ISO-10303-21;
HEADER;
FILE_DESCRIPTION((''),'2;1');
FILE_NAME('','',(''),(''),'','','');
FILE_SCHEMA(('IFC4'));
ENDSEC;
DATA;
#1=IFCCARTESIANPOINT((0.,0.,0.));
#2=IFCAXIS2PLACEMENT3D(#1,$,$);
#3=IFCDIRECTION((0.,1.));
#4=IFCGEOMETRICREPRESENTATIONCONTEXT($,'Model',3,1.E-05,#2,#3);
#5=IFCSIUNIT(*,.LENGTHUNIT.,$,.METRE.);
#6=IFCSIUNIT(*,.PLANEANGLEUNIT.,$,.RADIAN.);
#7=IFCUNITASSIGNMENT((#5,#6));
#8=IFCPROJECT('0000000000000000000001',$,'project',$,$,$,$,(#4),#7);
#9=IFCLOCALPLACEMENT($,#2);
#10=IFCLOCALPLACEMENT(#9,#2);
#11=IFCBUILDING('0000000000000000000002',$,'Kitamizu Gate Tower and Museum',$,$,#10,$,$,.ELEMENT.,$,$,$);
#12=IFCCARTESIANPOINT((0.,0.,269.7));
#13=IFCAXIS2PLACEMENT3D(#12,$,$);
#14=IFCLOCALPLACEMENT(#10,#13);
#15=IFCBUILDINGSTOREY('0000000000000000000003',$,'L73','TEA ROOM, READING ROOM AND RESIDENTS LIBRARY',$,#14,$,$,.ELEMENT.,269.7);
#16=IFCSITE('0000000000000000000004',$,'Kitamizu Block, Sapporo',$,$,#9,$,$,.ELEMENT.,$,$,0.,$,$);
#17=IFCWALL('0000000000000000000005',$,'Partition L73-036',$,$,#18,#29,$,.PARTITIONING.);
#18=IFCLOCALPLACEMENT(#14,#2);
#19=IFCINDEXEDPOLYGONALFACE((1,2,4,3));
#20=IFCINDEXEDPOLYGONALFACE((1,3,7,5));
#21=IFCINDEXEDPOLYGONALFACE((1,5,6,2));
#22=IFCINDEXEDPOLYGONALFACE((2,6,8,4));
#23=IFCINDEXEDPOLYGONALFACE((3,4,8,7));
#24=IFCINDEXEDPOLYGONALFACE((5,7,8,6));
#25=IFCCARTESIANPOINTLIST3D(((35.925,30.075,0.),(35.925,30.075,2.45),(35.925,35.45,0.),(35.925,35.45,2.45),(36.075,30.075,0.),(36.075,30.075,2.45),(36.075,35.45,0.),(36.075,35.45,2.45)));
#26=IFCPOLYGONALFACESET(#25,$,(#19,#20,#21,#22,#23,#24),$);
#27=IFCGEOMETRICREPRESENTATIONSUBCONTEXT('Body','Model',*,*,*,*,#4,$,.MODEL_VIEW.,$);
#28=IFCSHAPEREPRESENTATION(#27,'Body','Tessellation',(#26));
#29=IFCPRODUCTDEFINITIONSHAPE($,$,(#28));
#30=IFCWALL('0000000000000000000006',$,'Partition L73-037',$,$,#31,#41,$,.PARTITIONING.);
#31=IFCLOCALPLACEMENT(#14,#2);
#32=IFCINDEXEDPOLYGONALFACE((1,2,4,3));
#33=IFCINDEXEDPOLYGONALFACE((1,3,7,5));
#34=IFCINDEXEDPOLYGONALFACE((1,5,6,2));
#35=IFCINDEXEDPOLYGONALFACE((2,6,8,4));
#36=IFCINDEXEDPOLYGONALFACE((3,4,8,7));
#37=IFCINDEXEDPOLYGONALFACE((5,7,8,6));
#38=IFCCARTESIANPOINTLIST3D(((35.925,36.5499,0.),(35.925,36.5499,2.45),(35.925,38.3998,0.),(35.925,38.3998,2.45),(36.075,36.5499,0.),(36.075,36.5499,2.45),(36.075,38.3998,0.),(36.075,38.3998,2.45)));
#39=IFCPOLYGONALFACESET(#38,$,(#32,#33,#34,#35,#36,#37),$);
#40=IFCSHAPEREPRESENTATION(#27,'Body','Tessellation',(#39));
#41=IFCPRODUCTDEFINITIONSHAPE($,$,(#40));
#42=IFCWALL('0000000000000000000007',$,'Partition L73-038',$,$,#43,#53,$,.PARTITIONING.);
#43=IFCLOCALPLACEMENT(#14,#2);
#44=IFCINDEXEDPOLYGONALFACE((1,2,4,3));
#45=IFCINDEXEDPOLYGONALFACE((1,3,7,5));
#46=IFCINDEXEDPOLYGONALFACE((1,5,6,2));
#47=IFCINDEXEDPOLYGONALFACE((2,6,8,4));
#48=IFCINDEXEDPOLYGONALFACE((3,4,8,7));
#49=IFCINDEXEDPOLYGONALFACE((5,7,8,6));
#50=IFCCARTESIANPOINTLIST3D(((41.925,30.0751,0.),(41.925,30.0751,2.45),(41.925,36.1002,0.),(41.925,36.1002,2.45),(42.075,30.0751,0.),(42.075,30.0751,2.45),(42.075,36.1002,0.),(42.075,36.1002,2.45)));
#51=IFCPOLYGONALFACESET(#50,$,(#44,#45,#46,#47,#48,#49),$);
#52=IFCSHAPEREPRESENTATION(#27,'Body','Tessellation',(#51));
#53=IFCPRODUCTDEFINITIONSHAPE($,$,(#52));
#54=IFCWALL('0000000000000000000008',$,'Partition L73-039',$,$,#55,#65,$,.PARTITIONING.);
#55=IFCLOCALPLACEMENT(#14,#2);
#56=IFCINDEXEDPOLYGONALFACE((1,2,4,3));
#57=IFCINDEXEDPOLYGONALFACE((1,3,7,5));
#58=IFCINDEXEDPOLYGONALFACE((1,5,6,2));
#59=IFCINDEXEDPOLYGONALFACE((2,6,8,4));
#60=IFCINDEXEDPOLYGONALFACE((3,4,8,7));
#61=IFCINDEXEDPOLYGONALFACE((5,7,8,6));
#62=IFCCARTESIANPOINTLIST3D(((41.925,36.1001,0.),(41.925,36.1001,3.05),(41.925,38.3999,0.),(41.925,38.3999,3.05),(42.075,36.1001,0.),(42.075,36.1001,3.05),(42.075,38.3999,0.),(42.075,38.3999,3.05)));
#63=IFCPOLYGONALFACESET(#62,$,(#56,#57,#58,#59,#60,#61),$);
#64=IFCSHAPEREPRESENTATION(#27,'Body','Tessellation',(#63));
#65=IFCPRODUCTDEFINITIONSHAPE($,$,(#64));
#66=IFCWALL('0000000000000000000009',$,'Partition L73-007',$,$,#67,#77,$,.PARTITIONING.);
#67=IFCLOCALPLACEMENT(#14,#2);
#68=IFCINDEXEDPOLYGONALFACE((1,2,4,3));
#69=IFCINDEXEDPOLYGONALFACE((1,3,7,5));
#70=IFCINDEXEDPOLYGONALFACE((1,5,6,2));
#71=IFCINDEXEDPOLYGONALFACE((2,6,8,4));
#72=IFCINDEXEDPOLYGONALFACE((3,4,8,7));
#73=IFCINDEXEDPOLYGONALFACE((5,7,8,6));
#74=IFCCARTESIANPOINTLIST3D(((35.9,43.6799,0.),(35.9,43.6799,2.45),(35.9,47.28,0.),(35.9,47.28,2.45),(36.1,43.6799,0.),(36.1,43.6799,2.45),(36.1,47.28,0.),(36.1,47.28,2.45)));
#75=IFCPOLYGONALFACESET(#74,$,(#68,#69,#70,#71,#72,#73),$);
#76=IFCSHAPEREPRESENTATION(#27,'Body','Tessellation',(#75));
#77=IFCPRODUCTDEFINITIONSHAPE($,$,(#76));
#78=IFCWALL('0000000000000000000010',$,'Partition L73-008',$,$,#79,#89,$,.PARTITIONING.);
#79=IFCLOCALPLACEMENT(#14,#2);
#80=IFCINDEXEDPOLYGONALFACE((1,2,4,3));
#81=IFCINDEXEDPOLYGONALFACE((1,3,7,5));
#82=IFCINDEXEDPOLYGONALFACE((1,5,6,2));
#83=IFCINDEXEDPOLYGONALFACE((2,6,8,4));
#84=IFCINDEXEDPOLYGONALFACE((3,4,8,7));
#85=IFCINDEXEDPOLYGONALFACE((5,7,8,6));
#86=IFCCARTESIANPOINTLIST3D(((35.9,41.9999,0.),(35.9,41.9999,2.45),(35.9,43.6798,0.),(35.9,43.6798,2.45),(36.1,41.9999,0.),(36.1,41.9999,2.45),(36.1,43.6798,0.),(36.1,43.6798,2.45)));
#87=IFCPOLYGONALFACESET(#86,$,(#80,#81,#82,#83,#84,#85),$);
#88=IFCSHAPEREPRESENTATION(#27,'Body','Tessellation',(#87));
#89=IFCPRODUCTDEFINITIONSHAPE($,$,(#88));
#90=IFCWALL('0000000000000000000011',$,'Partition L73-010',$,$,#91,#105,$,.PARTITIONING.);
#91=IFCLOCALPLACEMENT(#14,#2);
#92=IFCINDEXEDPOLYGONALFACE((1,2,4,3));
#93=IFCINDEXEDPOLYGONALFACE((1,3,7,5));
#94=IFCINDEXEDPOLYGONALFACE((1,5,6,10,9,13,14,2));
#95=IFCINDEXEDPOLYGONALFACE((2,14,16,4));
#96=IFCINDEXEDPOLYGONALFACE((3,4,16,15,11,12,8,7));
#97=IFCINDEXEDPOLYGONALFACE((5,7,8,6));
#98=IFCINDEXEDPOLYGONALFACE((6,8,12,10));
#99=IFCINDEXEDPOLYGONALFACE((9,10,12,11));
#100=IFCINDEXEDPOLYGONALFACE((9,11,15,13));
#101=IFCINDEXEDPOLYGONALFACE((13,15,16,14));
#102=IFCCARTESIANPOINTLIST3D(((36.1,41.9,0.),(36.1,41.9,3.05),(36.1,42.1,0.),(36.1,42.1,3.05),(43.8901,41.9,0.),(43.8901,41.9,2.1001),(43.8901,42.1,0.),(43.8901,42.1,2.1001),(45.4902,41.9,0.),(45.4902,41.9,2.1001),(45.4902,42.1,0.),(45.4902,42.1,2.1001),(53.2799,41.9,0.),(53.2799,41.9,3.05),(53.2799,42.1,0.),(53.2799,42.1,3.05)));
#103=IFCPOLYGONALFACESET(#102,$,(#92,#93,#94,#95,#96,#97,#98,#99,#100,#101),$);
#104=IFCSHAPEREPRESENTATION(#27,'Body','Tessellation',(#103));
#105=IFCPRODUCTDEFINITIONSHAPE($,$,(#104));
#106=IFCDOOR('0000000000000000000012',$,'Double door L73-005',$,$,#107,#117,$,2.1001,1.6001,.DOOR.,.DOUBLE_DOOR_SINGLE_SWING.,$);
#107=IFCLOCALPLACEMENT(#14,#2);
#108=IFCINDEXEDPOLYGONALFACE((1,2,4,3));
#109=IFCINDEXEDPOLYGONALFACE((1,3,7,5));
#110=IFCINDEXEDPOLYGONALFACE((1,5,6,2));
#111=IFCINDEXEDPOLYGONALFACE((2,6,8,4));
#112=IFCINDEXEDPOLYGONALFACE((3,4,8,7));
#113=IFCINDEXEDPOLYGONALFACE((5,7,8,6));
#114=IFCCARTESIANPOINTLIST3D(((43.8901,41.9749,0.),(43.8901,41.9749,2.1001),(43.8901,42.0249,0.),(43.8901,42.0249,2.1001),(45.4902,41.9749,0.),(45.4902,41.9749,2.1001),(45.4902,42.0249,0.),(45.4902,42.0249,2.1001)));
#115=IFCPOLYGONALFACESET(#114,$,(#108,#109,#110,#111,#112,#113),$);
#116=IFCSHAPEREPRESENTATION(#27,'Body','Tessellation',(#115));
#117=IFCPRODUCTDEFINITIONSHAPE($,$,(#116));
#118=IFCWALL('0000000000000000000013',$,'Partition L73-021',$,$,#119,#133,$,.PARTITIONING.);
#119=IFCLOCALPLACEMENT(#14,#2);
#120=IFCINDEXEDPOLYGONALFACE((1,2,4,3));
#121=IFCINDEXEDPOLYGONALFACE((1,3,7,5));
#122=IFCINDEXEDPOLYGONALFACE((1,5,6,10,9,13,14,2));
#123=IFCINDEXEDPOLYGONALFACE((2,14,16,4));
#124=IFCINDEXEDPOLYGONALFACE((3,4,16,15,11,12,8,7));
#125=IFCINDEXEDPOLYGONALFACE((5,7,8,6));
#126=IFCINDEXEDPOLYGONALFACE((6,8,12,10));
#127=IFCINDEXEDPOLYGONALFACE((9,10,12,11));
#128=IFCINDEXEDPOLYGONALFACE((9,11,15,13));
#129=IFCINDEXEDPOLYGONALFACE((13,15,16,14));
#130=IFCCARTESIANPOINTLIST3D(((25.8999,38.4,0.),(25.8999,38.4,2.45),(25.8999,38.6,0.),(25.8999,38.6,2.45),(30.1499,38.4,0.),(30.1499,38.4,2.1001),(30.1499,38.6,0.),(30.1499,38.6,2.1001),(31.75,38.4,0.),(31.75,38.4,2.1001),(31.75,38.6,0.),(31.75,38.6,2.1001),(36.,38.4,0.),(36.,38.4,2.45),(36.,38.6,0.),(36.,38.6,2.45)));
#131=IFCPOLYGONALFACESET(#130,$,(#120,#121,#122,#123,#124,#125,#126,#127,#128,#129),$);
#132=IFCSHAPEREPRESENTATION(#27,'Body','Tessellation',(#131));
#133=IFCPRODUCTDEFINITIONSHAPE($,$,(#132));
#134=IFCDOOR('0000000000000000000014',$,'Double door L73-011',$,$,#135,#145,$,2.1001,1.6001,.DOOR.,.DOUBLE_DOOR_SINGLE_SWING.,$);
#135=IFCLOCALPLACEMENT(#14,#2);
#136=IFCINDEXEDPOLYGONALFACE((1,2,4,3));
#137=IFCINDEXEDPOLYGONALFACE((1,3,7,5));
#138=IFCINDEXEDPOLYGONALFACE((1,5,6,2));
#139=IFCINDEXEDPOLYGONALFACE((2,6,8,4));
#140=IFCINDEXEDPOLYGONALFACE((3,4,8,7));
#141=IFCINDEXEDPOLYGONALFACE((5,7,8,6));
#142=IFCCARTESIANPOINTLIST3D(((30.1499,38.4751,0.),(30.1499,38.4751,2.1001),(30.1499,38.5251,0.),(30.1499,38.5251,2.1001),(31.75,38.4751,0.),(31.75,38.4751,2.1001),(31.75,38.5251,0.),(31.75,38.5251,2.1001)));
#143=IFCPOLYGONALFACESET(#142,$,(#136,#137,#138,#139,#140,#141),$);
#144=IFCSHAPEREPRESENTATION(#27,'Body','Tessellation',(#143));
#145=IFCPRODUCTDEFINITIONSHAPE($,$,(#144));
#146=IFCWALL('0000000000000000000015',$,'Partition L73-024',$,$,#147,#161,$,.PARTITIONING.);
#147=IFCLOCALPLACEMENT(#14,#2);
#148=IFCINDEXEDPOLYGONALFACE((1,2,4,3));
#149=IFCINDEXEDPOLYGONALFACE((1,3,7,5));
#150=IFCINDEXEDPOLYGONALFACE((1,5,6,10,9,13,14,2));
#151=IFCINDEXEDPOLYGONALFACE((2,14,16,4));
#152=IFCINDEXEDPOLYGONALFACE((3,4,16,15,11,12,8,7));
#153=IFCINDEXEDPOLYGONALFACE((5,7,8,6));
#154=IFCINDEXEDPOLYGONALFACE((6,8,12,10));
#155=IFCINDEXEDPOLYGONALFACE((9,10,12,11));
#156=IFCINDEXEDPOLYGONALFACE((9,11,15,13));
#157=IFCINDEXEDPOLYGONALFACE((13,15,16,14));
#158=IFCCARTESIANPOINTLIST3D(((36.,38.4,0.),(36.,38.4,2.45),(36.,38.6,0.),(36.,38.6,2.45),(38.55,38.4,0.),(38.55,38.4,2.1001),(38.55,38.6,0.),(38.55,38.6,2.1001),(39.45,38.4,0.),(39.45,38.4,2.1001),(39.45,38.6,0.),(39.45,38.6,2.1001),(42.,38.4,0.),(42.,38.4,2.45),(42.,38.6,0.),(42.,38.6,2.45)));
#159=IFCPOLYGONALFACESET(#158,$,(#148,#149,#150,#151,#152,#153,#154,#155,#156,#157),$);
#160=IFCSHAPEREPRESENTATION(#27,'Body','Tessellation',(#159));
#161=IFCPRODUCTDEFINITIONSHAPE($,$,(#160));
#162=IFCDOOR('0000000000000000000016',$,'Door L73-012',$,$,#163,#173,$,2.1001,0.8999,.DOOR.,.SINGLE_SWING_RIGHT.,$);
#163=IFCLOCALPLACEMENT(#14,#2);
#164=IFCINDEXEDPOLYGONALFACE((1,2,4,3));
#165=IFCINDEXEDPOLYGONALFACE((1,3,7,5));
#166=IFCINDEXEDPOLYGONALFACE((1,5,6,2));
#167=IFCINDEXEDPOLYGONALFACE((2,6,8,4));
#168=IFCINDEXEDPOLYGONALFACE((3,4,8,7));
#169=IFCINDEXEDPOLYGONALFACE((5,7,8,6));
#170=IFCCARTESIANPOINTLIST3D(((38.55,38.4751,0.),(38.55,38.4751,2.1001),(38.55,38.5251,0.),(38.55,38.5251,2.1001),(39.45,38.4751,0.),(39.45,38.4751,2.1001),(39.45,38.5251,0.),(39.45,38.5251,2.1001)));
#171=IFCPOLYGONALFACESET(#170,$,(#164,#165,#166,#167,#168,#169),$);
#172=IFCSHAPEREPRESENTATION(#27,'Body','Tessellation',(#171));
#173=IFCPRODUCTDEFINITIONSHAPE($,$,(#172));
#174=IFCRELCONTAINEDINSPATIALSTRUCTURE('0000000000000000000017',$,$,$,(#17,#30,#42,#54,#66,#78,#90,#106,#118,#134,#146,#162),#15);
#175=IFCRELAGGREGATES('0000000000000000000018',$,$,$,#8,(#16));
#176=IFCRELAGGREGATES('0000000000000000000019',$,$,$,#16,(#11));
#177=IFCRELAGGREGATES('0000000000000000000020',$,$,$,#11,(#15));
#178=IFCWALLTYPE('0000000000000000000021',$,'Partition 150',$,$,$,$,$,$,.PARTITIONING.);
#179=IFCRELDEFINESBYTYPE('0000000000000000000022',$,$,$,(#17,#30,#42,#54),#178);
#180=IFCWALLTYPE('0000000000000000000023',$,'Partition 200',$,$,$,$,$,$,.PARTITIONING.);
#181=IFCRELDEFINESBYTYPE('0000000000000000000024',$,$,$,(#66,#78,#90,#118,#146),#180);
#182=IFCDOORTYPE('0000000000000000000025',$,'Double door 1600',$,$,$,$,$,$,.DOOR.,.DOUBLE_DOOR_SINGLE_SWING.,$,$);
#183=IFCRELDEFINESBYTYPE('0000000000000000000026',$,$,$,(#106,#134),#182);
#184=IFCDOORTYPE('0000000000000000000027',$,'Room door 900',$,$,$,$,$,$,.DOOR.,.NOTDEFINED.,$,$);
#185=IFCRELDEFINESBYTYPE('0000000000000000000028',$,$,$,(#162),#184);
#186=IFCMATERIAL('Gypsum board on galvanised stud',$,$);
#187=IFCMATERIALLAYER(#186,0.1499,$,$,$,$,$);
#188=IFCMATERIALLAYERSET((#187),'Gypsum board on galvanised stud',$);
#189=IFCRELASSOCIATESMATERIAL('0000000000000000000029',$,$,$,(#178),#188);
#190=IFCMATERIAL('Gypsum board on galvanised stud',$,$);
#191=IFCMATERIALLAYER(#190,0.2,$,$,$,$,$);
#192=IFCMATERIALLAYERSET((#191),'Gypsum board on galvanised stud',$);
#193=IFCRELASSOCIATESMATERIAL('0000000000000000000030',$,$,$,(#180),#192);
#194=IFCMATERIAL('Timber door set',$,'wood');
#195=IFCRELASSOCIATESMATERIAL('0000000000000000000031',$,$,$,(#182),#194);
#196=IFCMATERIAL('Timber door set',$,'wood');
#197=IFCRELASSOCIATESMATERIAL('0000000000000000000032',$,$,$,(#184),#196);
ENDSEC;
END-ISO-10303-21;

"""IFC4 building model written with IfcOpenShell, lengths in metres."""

from ifc_helpers import new_model, si_unit, direction, frame, frame_2d, origin, place, context, subcontext, project, spatial, rectangle, extrude, material, layer, layer_set, type_object, element, fill, save


model = new_model("IFC4")

# Units and contexts
model_context = context("Model", 3, precision=1e-05, world=origin(), true_north=direction((0.0, 1.0)))
body_context = subcontext(model_context, "Body", "Model", "MODEL_VIEW")
ifc_project = project(units=[si_unit("LENGTHUNIT", "METRE"), si_unit("PLANEANGLEUNIT", "RADIAN")], contexts=[model_context])

# Site, building, storey
site_placement = place(None, origin())
site = spatial("IfcSite", under=ifc_project, at=site_placement, Name="Kitamizu Block, Sapporo", CompositionType="ELEMENT", RefElevation=0.0)
building_placement = place(site_placement, origin())
building = spatial("IfcBuilding", under=site, at=building_placement, Name="Kitamizu Gate Tower and Museum", CompositionType="ELEMENT")
storey_placement = place(building_placement, frame((0.0, 0.0, 269.7)))
storey = spatial("IfcBuildingStorey", under=building, at=storey_placement, Name="L73", Description="TEA ROOM, READING ROOM AND RESIDENTS LIBRARY", CompositionType="ELEMENT", Elevation=269.7)

# Walls
ifc_material_1 = material(Name="Gypsum board on galvanised stud")
ifc_layer_1 = layer(ifc_material_1, 0.1499)
ifc_layer_set_1 = layer_set([ifc_layer_1], Name="Gypsum board on galvanised stud")
wall_type_1 = type_object("IfcWallType", Name="Partition 150", PredefinedType="PARTITIONING", material=ifc_layer_set_1)
wall_1_placement = place(storey_placement, frame((36.0, 30.075, 0.0), z_axis=(0.0, 0.0, 1.0), x_axis=(0.0, 1.0, 0.0)))
element("IfcWall", 1, at=wall_1_placement, inside=storey, type_object=wall_type_1, Name="Partition L73-036", PredefinedType="PARTITIONING", context=body_context, shape_type="SweptSolid", body=[
    extrude(rectangle(XDim=5.375, YDim=0.1499, at=frame_2d((2.6875, 0.0))), origin(), (0.0, 0.0, 1.0), 2.45),
])
wall_2_placement = place(storey_placement, frame((36.0, 36.55, 0.0), z_axis=(0.0, 0.0, 1.0), x_axis=(0.0, 1.0, 0.0)))
element("IfcWall", 2, at=wall_2_placement, inside=storey, type_object=wall_type_1, Name="Partition L73-037", PredefinedType="PARTITIONING", context=body_context, shape_type="SweptSolid", body=[
    extrude(rectangle(XDim=1.8499, YDim=0.1499, at=frame_2d((0.9248, 0.0))), origin(), (0.0, 0.0, 1.0), 2.45),
])
wall_3_placement = place(storey_placement, frame((42.0, 30.075, 0.0), z_axis=(0.0, 0.0, 1.0), x_axis=(0.0, 1.0, 0.0)))
element("IfcWall", 3, at=wall_3_placement, inside=storey, type_object=wall_type_1, Name="Partition L73-038", PredefinedType="PARTITIONING", context=body_context, shape_type="SweptSolid", body=[
    extrude(rectangle(XDim=6.0251, YDim=0.1499, at=frame_2d((3.0127, 0.0))), origin(), (0.0, 0.0, 1.0), 2.45),
])
wall_4_placement = place(storey_placement, frame((42.0, 36.1001, 0.0), z_axis=(0.0, 0.0, 1.0), x_axis=(0.0, 1.0, 0.0)))
element("IfcWall", 4, at=wall_4_placement, inside=storey, type_object=wall_type_1, Name="Partition L73-039", PredefinedType="PARTITIONING", context=body_context, shape_type="SweptSolid", body=[
    extrude(rectangle(XDim=2.2998, YDim=0.1499, at=frame_2d((1.1499, 0.0))), origin(), (0.0, 0.0, 1.0), 3.05),
])
ifc_material_2 = material(Name="Gypsum board on galvanised stud")
ifc_layer_2 = layer(ifc_material_2, 0.2)
ifc_layer_set_2 = layer_set([ifc_layer_2], Name="Gypsum board on galvanised stud")
wall_type_2 = type_object("IfcWallType", Name="Partition 200", PredefinedType="PARTITIONING", material=ifc_layer_set_2)
wall_5_placement = place(storey_placement, frame((36.0, 43.6799, 0.0), z_axis=(0.0, 0.0, 1.0), x_axis=(0.0, 1.0, 0.0)))
element("IfcWall", 5, at=wall_5_placement, inside=storey, type_object=wall_type_2, Name="Partition L73-007", PredefinedType="PARTITIONING", context=body_context, shape_type="SweptSolid", body=[
    extrude(rectangle(XDim=3.6001, YDim=0.2, at=frame_2d((1.8, 0.0))), origin(), (0.0, 0.0, 1.0), 2.45),
])
wall_6_placement = place(storey_placement, frame((36.0, 42.0, 0.0), z_axis=(0.0, 0.0, 1.0), x_axis=(0.0, 1.0, 0.0)))
element("IfcWall", 6, at=wall_6_placement, inside=storey, type_object=wall_type_2, Name="Partition L73-008", PredefinedType="PARTITIONING", context=body_context, shape_type="SweptSolid", body=[
    extrude(rectangle(XDim=1.6799, YDim=0.2, at=frame_2d((0.8398, 0.0))), origin(), (0.0, 0.0, 1.0), 2.45),
])

# Walls, openings, doors
wall_7_placement = place(storey_placement, frame((36.1001, 42.0, 0.0), z_axis=(0.0, 0.0, 1.0), x_axis=(1.0, 0.0, 0.0)))
wall_7 = element("IfcWall", 7, at=wall_7_placement, inside=storey, type_object=wall_type_2, Name="Partition L73-010", PredefinedType="PARTITIONING", context=body_context, shape_type="SweptSolid", body=[
    extrude(rectangle(XDim=17.1799, YDim=0.2, at=frame_2d((8.5898, 0.0))), origin(), (0.0, 0.0, 1.0), 3.05),
])
opening_1_placement = place(wall_7_placement, frame((7.79, 0.0, 0.0)))
opening_1 = element("IfcOpeningElement", 8, at=opening_1_placement, cuts=wall_7, PredefinedType="OPENING", context=body_context, shape_type="SweptSolid", body=[
    extrude(rectangle(XDim=1.6001, YDim=2.1001, at=frame_2d((0.8, 1.05))), frame((0.0, 0.1099, 0.0), z_axis=(0.0, -1.0, 0.0), x_axis=(1.0, 0.0, 0.0)), (0.0, 0.0, 1.0), 0.22),
])
ifc_material_3 = material(Name="Timber door set", Category="wood")
door_type_1 = type_object("IfcDoorType", Name="Double door 1600", OperationType="DOUBLE_DOOR_SINGLE_SWING", PredefinedType="DOOR", material=ifc_material_3)
door_1_placement = place(opening_1_placement, origin())
door_1 = element("IfcDoor", 9, at=door_1_placement, inside=storey, type_object=door_type_1, Name="Double door L73-005", OperationType="DOUBLE_DOOR_SINGLE_SWING", OverallHeight=2.1001, OverallWidth=1.6001, PredefinedType="DOOR", context=body_context, shape_type="SweptSolid", body=[
    extrude(rectangle(XDim=1.6001, YDim=2.1001, at=frame_2d((0.8, 1.05))), frame((0.0, 0.0249, 0.0), z_axis=(0.0, -1.0, 0.0), x_axis=(1.0, 0.0, 0.0)), (0.0, 0.0, 1.0), 0.05),
])
fill(opening_1, door_1)
wall_8_placement = place(storey_placement, frame((36.0, 38.5, 0.0), z_axis=(0.0, 0.0, 1.0), x_axis=(-1.0, 0.0, 0.0)))
wall_8 = element("IfcWall", 10, at=wall_8_placement, inside=storey, type_object=wall_type_2, Name="Partition L73-021", PredefinedType="PARTITIONING", context=body_context, shape_type="SweptSolid", body=[
    extrude(rectangle(XDim=10.1001, YDim=0.2, at=frame_2d((5.05, 0.0))), origin(), (0.0, 0.0, 1.0), 2.45),
])
opening_2_placement = place(wall_8_placement, frame((4.25, 0.0, 0.0)))
opening_2 = element("IfcOpeningElement", 11, at=opening_2_placement, cuts=wall_8, PredefinedType="OPENING", context=body_context, shape_type="SweptSolid", body=[
    extrude(rectangle(XDim=1.6001, YDim=2.1001, at=frame_2d((0.8, 1.05))), frame((0.0, 0.1099, 0.0), z_axis=(0.0, -1.0, 0.0), x_axis=(1.0, 0.0, 0.0)), (0.0, 0.0, 1.0), 0.22),
])
door_2_placement = place(opening_2_placement, origin())
door_2 = element("IfcDoor", 12, at=door_2_placement, inside=storey, type_object=door_type_1, Name="Double door L73-011", OperationType="DOUBLE_DOOR_SINGLE_SWING", OverallHeight=2.1001, OverallWidth=1.6001, PredefinedType="DOOR", context=body_context, shape_type="SweptSolid", body=[
    extrude(rectangle(XDim=1.6001, YDim=2.1001, at=frame_2d((0.8, 1.05))), frame((0.0, 0.0249, 0.0), z_axis=(0.0, -1.0, 0.0), x_axis=(1.0, 0.0, 0.0)), (0.0, 0.0, 1.0), 0.05),
])
fill(opening_2, door_2)
wall_9_placement = place(storey_placement, frame((42.0, 38.5, 0.0), z_axis=(0.0, 0.0, 1.0), x_axis=(-1.0, 0.0, 0.0)))
wall_9 = element("IfcWall", 13, at=wall_9_placement, inside=storey, type_object=wall_type_2, Name="Partition L73-024", PredefinedType="PARTITIONING", context=body_context, shape_type="SweptSolid", body=[
    extrude(rectangle(XDim=6.0, YDim=0.2, at=frame_2d((3.0, 0.0))), origin(), (0.0, 0.0, 1.0), 2.45),
])
opening_3_placement = place(wall_9_placement, frame((2.55, 0.0, 0.0)))
opening_3 = element("IfcOpeningElement", 14, at=opening_3_placement, cuts=wall_9, PredefinedType="OPENING", context=body_context, shape_type="SweptSolid", body=[
    extrude(rectangle(XDim=0.8999, YDim=2.1001, at=frame_2d((0.45, 1.05))), frame((0.0, 0.1099, 0.0), z_axis=(0.0, -1.0, 0.0), x_axis=(1.0, 0.0, 0.0)), (0.0, 0.0, 1.0), 0.22),
])
ifc_material_4 = material(Name="Timber door set", Category="wood")
door_type_2 = type_object("IfcDoorType", Name="Room door 900", OperationType="NOTDEFINED", PredefinedType="DOOR", material=ifc_material_4)
door_3_placement = place(opening_3_placement, origin())
door_3 = element("IfcDoor", 15, at=door_3_placement, inside=storey, type_object=door_type_2, Name="Door L73-012", OperationType="SINGLE_SWING_RIGHT", OverallHeight=2.1001, OverallWidth=0.8999, PredefinedType="DOOR", context=body_context, shape_type="SweptSolid", body=[
    extrude(rectangle(XDim=0.8999, YDim=2.1001, at=frame_2d((0.45, 1.05))), frame((0.0, 0.0249, 0.0), z_axis=(0.0, -1.0, 0.0), x_axis=(1.0, 0.0, 0.0)), (0.0, 0.0, 1.0), 0.05),
])
fill(opening_3, door_3)

save(model, "model.ifc")
